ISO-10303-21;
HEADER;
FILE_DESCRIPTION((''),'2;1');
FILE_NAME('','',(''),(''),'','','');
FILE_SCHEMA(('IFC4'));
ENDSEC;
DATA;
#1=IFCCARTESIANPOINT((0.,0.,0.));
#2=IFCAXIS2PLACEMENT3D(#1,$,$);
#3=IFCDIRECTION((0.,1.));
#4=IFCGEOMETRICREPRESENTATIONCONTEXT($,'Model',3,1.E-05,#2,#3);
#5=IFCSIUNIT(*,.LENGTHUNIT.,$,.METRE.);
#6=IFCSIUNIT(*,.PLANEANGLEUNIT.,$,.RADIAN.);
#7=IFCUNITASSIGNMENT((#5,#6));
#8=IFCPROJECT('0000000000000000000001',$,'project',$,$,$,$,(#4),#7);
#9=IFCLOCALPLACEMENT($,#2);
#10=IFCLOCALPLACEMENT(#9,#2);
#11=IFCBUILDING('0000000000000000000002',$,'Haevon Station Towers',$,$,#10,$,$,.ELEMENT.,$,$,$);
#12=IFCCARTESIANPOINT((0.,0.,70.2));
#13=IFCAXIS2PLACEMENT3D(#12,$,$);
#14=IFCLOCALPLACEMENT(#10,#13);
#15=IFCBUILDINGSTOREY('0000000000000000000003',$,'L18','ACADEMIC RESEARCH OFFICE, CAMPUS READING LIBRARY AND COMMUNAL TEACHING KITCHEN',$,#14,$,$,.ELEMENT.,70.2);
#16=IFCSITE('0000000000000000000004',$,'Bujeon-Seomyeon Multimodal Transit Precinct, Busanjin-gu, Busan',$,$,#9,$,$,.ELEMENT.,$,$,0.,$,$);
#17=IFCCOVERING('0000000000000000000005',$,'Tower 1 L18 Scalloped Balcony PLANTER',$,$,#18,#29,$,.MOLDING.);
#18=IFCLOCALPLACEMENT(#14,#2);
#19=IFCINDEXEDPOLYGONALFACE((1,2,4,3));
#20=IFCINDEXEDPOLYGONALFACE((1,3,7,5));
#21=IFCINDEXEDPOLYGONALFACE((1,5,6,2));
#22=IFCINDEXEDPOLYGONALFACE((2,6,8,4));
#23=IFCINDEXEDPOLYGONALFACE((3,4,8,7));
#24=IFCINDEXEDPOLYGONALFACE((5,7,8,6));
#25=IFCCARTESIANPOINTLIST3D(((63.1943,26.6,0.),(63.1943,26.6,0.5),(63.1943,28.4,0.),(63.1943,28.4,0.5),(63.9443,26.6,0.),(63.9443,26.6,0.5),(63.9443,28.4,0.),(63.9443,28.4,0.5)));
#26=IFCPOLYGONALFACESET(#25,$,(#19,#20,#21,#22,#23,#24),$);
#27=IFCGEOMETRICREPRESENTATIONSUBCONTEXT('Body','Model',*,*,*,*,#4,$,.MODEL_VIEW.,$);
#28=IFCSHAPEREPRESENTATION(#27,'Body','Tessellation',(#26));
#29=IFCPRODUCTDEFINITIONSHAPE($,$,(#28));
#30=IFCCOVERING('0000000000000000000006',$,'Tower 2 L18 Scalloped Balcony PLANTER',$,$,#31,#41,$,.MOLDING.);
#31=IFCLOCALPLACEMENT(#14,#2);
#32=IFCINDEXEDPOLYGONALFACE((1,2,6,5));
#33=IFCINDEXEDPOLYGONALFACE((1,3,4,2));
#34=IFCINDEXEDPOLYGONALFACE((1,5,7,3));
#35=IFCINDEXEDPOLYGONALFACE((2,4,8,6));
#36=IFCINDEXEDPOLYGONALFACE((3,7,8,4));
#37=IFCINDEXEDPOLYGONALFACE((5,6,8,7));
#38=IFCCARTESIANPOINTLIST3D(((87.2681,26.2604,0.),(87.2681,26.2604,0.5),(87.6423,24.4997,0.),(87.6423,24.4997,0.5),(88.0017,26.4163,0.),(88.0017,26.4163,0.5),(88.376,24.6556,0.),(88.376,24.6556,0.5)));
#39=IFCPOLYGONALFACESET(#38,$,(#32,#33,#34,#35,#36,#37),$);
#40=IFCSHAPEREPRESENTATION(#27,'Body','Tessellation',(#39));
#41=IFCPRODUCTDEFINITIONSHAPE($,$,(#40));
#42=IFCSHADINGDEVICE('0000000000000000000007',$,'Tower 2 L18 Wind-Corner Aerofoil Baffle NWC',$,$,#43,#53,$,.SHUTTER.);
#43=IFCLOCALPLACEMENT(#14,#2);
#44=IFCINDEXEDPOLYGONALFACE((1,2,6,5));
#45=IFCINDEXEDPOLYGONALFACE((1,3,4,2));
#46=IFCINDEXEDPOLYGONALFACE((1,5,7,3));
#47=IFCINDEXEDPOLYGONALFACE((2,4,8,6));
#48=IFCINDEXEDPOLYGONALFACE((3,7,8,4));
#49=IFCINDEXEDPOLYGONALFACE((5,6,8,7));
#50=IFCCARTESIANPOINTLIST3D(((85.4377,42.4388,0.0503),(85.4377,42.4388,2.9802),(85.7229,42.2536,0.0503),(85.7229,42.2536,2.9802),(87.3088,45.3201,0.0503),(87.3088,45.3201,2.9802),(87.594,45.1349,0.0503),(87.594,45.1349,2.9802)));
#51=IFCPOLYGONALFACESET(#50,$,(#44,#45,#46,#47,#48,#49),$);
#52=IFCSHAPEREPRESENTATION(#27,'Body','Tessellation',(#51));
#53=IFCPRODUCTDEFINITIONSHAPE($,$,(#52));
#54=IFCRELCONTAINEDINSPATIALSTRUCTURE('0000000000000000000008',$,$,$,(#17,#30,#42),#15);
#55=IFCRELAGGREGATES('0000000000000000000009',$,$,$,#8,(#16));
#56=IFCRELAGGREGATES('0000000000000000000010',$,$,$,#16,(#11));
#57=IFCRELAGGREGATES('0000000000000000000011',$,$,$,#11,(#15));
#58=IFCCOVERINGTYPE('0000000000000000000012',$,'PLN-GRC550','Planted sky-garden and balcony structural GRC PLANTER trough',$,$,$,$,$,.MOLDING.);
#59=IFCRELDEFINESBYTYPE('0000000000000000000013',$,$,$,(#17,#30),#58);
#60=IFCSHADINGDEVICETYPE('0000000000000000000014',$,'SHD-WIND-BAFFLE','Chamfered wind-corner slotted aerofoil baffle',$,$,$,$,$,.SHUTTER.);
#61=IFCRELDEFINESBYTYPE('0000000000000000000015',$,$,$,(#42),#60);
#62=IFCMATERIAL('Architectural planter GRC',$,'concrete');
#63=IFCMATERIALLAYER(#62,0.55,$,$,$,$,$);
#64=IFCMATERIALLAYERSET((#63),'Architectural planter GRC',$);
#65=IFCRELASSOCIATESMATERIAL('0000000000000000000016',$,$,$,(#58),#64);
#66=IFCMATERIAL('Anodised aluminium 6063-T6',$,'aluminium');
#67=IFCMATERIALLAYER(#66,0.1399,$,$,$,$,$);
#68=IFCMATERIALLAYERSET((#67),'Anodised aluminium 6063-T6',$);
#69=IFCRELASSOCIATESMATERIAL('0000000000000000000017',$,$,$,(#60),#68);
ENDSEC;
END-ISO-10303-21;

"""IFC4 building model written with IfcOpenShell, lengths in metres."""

from ifc_helpers import new_model, si_unit, direction, frame, origin, origin_2d, place, context, subcontext, project, spatial, rectangle, extrude, material, layer, layer_set, type_object, element, save


model = new_model("IFC4")

# Units and contexts
model_context = context("Model", 3, precision=1e-05, world=origin(), true_north=direction((0.0, 1.0)))
body_context = subcontext(model_context, "Body", "Model", "MODEL_VIEW")
ifc_project = project(units=[si_unit("LENGTHUNIT", "METRE"), si_unit("PLANEANGLEUNIT", "RADIAN")], contexts=[model_context])

# Site, building, storey
site_placement = place(None, origin())
site = spatial("IfcSite", under=ifc_project, at=site_placement, Name="Bujeon-Seomyeon Multimodal Transit Precinct, Busanjin-gu, Busan", CompositionType="ELEMENT", RefElevation=0.0)
building_placement = place(site_placement, origin())
building = spatial("IfcBuilding", under=site, at=building_placement, Name="Haevon Station Towers", CompositionType="ELEMENT")
storey_placement = place(building_placement, frame((0.0, 0.0, 70.2)))
storey = spatial("IfcBuildingStorey", under=building, at=storey_placement, Name="L18", Description="ACADEMIC RESEARCH OFFICE, CAMPUS READING LIBRARY AND COMMUNAL TEACHING KITCHEN", CompositionType="ELEMENT", Elevation=70.2)

# Coverings
ifc_material_1 = material(Name="Architectural planter GRC", Category="concrete")
ifc_layer_1 = layer(ifc_material_1, 0.55)
ifc_layer_set_1 = layer_set([ifc_layer_1], Name="Architectural planter GRC")
covering_type = type_object("IfcCoveringType", Name="PLN-GRC550", Description="Planted sky-garden and balcony structural GRC PLANTER trough", PredefinedType="MOLDING", material=ifc_layer_set_1)
for number, where, z_axis, x_axis, name in (
    (1, (63.5693, 27.5, 0.0), (0.0, 0.0, 1.0), (1.0, 0.0, 0.0), "Tower 1 L18 Scalloped Balcony PLANTER"),
    (2, (87.822, 25.458, 0.0), (0.0, 0.0, 1.0), (0.978148, 0.207912, 0.0), "Tower 2 L18 Scalloped Balcony PLANTER"),
):
    element("IfcCovering", number, at=place(storey_placement, frame(where, z_axis=z_axis, x_axis=x_axis)), inside=storey, type_object=covering_type, Name=name, PredefinedType="MOLDING", context=body_context, shape_type="SweptSolid", body=[
        extrude(rectangle(XDim=0.75, YDim=1.8, at=origin_2d()), origin(), (0.0, 0.0, 1.0), 0.5),
    ])

# Shading device
ifc_material_2 = material(Name="Anodised aluminium 6063-T6", Category="aluminium")
ifc_layer_2 = layer(ifc_material_2, 0.1399)
ifc_layer_set_2 = layer_set([ifc_layer_2], Name="Anodised aluminium 6063-T6")
shading_device_type = type_object("IfcShadingDeviceType", Name="SHD-WIND-BAFFLE", Description="Chamfered wind-corner slotted aerofoil baffle", PredefinedType="SHUTTER", material=ifc_layer_set_2)
shading_device_placement = place(storey_placement, frame((86.5159, 43.7869, 0.0503), z_axis=(0.0, 0.0, 1.0), x_axis=(0.544639, 0.838671, 0.0)))
element("IfcShadingDevice", 3, at=shading_device_placement, inside=storey, type_object=shading_device_type, Name="Tower 2 L18 Wind-Corner Aerofoil Baffle NWC", PredefinedType="SHUTTER", context=body_context, shape_type="SweptSolid", body=[
    extrude(rectangle(XDim=3.4355, YDim=0.3401, at=origin_2d()), origin(), (0.0, 0.0, 1.0), 2.9299),
])

save(model, "model.ifc")
